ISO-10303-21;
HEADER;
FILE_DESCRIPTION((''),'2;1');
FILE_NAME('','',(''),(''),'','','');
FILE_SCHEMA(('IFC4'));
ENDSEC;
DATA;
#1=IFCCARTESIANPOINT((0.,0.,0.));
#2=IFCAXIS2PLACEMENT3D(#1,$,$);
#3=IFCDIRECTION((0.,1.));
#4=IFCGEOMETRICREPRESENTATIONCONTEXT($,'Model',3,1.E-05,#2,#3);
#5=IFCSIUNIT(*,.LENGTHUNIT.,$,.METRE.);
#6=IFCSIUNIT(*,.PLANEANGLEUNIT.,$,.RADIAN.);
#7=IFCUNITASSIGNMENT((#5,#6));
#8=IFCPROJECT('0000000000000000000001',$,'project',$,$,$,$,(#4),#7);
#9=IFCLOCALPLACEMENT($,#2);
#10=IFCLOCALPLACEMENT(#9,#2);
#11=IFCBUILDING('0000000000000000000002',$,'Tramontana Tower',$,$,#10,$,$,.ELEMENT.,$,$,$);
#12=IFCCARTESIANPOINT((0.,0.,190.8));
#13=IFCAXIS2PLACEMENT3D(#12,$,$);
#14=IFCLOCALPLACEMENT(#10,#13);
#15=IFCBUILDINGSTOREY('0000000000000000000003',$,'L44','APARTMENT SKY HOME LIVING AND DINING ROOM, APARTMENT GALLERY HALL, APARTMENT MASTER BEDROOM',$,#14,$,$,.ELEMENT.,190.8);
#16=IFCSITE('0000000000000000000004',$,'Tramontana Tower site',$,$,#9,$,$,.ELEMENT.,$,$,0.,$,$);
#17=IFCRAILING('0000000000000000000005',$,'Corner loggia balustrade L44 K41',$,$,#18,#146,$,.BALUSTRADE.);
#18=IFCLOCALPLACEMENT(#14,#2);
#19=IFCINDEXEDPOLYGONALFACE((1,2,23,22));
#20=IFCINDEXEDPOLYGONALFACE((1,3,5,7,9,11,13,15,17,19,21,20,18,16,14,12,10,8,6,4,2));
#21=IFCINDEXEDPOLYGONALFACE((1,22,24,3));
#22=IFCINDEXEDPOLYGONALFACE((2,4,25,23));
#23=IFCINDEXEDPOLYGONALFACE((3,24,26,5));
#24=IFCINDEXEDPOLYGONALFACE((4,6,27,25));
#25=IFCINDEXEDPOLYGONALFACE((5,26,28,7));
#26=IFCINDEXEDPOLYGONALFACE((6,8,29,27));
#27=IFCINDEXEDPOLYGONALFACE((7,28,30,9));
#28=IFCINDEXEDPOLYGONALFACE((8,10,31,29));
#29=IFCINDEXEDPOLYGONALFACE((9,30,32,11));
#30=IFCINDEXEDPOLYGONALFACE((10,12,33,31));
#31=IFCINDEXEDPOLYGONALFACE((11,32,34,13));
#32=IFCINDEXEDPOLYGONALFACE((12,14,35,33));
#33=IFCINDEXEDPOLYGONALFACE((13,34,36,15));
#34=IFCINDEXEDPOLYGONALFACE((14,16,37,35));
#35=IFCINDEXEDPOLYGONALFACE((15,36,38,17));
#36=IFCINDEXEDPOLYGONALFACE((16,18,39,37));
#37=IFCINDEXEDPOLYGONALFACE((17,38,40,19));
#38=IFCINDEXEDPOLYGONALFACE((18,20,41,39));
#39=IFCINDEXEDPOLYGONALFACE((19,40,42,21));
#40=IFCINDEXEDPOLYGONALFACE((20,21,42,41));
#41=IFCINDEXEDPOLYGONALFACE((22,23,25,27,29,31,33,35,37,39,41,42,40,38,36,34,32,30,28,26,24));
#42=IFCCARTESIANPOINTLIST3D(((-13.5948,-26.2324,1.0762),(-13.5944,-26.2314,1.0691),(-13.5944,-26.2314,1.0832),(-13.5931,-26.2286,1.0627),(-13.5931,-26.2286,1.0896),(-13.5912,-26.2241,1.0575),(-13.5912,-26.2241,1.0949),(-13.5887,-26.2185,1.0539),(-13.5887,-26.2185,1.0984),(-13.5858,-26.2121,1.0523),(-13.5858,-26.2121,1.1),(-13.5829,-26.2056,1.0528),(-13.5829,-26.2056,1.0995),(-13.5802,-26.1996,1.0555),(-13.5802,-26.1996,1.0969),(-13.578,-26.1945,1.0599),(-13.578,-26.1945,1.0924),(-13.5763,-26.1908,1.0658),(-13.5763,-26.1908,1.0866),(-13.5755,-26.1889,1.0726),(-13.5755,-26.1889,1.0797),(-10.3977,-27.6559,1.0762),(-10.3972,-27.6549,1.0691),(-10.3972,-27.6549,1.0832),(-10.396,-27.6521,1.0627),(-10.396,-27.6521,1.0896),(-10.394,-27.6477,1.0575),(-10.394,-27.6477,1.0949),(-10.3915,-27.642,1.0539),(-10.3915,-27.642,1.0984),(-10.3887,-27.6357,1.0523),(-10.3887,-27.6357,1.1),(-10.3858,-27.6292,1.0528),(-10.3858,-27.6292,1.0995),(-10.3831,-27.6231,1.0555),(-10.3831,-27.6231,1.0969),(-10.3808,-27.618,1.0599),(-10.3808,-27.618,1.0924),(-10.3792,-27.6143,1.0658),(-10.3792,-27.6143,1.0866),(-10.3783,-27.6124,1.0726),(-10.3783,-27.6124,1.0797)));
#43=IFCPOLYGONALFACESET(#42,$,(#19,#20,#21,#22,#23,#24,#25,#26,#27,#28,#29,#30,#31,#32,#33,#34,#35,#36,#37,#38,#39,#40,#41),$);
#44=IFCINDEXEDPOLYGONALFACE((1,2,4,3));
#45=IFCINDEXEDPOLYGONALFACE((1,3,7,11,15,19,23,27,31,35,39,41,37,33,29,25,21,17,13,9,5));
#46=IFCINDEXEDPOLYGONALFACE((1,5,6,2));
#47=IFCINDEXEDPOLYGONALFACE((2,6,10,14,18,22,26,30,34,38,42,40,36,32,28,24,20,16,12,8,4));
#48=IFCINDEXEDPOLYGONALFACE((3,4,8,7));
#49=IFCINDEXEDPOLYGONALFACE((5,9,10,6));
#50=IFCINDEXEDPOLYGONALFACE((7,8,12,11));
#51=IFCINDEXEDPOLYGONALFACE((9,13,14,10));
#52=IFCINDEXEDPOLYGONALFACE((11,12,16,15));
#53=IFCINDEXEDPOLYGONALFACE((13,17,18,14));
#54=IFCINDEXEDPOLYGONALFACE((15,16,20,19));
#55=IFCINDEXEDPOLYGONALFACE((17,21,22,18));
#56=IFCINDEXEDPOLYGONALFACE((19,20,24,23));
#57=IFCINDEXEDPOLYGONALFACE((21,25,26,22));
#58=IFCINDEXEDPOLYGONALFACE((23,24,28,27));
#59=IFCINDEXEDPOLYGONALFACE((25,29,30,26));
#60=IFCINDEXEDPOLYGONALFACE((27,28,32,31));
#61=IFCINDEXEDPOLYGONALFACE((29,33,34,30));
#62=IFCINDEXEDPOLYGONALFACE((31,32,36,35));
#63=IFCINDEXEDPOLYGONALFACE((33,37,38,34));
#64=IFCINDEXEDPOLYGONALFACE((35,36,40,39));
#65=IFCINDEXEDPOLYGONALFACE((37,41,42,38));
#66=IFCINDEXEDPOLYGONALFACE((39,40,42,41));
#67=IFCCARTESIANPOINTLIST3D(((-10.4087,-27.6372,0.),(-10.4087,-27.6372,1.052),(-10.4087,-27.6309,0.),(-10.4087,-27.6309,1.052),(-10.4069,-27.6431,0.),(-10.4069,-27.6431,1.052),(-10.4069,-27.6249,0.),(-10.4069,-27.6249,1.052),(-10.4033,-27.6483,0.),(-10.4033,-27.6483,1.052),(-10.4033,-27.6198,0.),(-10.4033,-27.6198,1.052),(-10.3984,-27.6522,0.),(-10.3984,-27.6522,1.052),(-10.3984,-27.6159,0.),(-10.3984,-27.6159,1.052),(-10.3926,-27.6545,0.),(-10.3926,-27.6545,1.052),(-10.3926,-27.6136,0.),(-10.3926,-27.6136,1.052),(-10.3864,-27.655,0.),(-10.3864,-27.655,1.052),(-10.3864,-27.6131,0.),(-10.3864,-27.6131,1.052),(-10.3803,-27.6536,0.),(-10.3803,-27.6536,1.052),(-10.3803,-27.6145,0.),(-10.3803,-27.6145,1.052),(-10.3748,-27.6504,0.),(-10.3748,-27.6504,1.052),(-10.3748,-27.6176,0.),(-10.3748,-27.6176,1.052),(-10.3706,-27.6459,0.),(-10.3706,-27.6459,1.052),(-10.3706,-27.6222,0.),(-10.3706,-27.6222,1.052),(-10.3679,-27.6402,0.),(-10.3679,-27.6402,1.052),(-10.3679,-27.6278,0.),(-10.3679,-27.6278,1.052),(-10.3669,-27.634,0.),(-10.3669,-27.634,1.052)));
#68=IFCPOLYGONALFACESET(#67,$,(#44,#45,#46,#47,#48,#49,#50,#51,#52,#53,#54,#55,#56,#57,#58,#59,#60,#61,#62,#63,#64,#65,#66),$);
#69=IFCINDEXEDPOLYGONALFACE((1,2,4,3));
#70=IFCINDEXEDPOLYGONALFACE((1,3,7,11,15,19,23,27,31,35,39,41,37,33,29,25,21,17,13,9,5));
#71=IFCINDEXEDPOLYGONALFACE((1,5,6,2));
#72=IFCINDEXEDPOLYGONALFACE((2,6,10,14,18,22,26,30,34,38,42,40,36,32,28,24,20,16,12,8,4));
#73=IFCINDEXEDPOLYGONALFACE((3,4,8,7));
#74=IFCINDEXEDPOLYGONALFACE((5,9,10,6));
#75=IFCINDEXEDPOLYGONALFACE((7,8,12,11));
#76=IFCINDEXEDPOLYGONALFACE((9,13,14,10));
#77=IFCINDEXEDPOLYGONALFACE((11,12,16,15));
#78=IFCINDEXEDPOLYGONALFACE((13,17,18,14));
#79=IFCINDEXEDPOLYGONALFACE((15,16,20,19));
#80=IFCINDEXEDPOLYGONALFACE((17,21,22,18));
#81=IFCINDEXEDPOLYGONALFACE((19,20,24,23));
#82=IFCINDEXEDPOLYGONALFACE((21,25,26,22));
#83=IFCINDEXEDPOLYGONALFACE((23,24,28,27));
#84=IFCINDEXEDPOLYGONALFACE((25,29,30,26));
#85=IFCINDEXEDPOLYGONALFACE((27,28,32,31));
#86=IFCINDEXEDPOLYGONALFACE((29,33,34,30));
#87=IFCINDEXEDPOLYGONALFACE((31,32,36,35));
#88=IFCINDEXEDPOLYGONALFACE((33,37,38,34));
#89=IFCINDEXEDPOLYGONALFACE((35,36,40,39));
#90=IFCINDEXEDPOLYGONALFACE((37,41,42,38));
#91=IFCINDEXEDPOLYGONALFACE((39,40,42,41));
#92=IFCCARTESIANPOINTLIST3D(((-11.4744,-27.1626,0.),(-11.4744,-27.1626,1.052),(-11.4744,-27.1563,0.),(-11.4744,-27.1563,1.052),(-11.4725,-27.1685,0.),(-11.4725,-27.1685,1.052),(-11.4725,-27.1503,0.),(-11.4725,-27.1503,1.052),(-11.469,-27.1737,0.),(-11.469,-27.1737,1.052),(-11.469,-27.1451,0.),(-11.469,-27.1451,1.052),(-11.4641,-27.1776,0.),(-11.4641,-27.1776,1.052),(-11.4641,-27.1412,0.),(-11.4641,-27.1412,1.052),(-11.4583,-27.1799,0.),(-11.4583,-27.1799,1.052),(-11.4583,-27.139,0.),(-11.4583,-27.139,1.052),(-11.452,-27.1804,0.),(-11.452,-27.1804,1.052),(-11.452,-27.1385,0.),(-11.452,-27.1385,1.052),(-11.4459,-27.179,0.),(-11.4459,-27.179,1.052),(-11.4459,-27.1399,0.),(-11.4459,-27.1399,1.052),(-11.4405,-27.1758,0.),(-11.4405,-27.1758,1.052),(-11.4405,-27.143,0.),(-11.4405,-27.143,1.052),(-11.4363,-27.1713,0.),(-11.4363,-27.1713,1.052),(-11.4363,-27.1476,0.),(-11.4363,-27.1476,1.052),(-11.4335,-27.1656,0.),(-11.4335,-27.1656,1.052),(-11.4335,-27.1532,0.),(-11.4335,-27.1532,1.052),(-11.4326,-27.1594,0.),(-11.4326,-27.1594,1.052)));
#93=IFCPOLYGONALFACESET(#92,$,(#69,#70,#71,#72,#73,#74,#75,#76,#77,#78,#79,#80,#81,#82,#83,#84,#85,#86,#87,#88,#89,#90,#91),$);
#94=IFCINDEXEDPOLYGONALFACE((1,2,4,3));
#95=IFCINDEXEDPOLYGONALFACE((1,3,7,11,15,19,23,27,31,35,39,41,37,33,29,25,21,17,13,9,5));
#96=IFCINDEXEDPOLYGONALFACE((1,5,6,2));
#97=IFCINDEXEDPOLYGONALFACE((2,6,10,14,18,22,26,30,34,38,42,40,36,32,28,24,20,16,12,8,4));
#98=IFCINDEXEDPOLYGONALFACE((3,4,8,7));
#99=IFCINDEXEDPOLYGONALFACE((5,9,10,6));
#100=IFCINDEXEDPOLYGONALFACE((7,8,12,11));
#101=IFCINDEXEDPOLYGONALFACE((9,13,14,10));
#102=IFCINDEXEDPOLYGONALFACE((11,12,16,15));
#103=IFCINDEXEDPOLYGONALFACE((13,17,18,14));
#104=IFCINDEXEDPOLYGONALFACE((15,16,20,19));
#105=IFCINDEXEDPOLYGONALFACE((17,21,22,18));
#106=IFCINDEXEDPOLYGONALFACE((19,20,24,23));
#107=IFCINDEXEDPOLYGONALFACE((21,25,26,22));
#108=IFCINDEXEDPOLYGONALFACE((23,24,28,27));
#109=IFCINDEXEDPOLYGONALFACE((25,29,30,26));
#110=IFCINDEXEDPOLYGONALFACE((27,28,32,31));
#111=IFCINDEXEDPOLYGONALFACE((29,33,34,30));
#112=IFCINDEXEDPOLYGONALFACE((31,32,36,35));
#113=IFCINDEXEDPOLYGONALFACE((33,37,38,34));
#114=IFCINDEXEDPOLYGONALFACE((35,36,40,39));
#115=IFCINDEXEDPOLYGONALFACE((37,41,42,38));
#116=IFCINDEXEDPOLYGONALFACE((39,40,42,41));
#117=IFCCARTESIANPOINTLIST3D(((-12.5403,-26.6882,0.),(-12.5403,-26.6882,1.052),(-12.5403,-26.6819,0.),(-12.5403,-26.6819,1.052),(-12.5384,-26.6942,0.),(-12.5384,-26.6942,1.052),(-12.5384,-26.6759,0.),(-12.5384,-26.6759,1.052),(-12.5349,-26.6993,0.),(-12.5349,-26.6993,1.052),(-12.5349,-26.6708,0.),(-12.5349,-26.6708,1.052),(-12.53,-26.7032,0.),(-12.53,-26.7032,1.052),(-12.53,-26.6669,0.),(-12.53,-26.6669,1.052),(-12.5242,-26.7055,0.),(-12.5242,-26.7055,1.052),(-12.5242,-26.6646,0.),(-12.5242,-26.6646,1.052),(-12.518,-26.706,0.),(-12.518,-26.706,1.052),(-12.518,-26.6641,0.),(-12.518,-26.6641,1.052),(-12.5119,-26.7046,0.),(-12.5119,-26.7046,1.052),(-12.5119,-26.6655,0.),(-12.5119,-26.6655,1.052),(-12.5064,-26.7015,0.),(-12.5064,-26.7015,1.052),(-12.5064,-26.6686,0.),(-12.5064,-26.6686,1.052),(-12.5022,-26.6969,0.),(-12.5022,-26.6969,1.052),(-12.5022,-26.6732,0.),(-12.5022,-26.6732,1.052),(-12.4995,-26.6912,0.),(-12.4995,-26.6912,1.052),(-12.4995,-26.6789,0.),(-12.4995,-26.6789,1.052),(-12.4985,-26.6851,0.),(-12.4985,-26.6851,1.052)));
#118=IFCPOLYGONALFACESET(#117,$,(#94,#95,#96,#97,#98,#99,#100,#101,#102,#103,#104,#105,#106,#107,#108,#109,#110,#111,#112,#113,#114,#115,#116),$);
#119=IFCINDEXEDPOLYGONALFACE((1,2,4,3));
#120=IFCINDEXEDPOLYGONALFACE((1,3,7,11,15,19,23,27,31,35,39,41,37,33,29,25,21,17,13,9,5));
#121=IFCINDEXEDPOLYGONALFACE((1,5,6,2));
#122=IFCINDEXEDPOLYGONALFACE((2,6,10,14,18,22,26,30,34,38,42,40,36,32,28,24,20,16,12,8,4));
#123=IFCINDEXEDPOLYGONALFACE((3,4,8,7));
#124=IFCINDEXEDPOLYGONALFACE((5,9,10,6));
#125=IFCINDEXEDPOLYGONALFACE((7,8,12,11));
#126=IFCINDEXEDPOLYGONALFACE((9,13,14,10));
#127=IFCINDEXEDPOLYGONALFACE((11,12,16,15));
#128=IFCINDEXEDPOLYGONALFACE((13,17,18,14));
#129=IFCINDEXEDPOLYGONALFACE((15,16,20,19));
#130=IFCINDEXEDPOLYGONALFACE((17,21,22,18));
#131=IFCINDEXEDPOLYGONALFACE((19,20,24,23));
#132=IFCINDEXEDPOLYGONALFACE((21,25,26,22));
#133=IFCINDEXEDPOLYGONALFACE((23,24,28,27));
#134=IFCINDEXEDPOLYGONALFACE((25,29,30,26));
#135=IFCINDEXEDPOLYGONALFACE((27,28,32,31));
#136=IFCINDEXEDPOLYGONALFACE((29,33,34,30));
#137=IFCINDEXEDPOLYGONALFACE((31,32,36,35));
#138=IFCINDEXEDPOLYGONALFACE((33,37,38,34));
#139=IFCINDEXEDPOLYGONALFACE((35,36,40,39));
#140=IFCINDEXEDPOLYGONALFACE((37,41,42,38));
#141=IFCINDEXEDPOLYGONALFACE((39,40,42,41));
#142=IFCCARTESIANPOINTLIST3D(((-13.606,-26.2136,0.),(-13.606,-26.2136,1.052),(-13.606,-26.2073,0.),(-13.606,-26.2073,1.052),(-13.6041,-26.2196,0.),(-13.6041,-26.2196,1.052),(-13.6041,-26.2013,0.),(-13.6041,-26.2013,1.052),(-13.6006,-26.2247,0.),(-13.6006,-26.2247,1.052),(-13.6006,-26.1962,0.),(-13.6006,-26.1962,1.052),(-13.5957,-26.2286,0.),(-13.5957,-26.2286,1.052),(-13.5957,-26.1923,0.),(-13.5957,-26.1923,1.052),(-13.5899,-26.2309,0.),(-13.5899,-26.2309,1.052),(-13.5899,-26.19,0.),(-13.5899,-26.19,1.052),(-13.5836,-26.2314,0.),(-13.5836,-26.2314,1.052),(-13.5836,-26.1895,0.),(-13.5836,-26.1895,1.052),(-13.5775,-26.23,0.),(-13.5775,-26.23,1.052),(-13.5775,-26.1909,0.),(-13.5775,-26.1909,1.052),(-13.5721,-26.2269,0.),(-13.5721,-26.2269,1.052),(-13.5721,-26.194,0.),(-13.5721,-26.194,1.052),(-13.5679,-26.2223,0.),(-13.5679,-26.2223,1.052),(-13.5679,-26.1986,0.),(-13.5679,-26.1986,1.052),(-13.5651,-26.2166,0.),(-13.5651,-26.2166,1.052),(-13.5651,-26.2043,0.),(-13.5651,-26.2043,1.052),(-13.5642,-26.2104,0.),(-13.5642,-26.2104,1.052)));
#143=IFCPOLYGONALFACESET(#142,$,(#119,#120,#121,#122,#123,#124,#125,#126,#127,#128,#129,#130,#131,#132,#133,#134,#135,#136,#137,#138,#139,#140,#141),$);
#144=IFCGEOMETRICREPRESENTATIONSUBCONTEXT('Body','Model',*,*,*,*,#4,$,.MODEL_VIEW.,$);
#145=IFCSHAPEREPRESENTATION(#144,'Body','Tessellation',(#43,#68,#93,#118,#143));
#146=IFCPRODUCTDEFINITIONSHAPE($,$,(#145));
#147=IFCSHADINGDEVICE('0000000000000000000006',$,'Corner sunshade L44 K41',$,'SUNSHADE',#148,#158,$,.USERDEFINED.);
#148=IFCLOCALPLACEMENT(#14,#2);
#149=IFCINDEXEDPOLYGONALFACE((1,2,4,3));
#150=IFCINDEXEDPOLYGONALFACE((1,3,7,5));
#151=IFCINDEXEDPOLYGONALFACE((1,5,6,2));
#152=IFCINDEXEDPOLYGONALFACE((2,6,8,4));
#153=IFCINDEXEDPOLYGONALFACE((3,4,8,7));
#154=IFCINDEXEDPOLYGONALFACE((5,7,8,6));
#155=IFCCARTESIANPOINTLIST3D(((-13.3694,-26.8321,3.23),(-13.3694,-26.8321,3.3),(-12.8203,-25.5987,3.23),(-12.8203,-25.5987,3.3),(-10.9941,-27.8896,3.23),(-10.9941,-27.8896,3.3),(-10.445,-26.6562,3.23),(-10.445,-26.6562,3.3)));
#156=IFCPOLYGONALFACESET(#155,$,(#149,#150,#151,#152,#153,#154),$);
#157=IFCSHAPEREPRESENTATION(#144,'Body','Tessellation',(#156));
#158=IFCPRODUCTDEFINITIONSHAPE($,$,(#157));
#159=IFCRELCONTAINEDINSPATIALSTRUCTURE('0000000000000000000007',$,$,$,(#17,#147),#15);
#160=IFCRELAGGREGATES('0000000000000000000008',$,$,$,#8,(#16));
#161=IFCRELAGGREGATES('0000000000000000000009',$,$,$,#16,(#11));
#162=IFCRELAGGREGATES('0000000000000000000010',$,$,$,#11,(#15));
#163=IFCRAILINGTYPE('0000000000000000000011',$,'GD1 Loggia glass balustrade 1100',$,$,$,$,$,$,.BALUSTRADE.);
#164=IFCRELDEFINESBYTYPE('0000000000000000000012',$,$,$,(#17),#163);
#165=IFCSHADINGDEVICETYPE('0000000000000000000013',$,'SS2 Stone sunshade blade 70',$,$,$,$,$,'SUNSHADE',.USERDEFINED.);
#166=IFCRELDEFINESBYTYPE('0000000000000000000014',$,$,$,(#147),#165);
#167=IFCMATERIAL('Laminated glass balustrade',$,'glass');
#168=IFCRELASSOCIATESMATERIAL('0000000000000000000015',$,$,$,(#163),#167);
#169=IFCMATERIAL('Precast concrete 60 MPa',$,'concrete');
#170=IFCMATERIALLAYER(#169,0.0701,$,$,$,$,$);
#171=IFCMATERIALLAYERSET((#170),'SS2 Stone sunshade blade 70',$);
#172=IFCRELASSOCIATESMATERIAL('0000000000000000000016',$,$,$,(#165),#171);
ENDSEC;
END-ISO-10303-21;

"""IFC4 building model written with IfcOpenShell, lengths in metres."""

from ifc_helpers import new_model, si_unit, direction, frame, origin, origin_2d, place, context, subcontext, project, spatial, rectangle, circle, extrude, material, layer, layer_set, type_object, element, save


model = new_model("IFC4")

# Units and contexts
model_context = context("Model", 3, precision=1e-05, world=origin(), true_north=direction((0.0, 1.0)))
body_context = subcontext(model_context, "Body", "Model", "MODEL_VIEW")
ifc_project = project(units=[si_unit("LENGTHUNIT", "METRE"), si_unit("PLANEANGLEUNIT", "RADIAN")], contexts=[model_context])

# Site, building, storey
site_placement = place(None, origin())
site = spatial("IfcSite", under=ifc_project, at=site_placement, Name="Tramontana Tower site", CompositionType="ELEMENT", RefElevation=0.0)
building_placement = place(site_placement, origin())
building = spatial("IfcBuilding", under=site, at=building_placement, Name="Tramontana Tower", CompositionType="ELEMENT")
storey_placement = place(building_placement, frame((0.0, 0.0, 190.8)))
storey = spatial("IfcBuildingStorey", under=building, at=storey_placement, Name="L44", Description="APARTMENT SKY HOME LIVING AND DINING ROOM, APARTMENT GALLERY HALL, APARTMENT MASTER BEDROOM", CompositionType="ELEMENT", Elevation=190.8)

# Railing
ifc_material_1 = material(Name="Laminated glass balustrade", Category="glass")
railing_type = type_object("IfcRailingType", Name="GD1 Loggia glass balustrade 1100", PredefinedType="BALUSTRADE", material=ifc_material_1)
railing_placement = place(storey_placement, frame((-10.3879, -27.634, 0.0)))
element("IfcRailing", 1, at=railing_placement, inside=storey, type_object=railing_type, Name="Corner loggia balustrade L44 K41", PredefinedType="BALUSTRADE", context=body_context, shape_type="SweptSolid", body=[
    extrude(circle(Radius=0.0239, at=origin_2d()), frame((0.0, 0.0, 1.0762), z_axis=(-0.913538, 0.406753, 0.0), x_axis=(-0.406753, -0.913538, 0.0)), (0.0, 0.0, 1.0), 3.4998),
    extrude(circle(Radius=0.021, at=origin_2d()), origin(), (0.0, 0.0, 1.0), 1.052),
    extrude(circle(Radius=0.021, at=origin_2d()), frame((-1.0657, 0.4746, 0.0)), (0.0, 0.0, 1.0), 1.052),
    extrude(circle(Radius=0.021, at=origin_2d()), frame((-2.1316, 0.949, 0.0)), (0.0, 0.0, 1.0), 1.052),
    extrude(circle(Radius=0.021, at=origin_2d()), frame((-3.1973, 1.4236, 0.0)), (0.0, 0.0, 1.0), 1.052),
])

# Shading device
ifc_material_2 = material(Name="Precast concrete 60 MPa", Category="concrete")
ifc_layer_1 = layer(ifc_material_2, 0.0701)
ifc_layer_set_1 = layer_set([ifc_layer_1], Name="SS2 Stone sunshade blade 70")
shading_device_type = type_object("IfcShadingDeviceType", Name="SS2 Stone sunshade blade 70", ElementType="SUNSHADE", PredefinedType="USERDEFINED", material=ifc_layer_set_1)
shading_device_placement = place(storey_placement, frame((-11.9072, -26.7441, 3.23), z_axis=(0.0, 0.0, 1.0), x_axis=(-0.913545, 0.406737, 0.0)))
element("IfcShadingDevice", 2, at=shading_device_placement, inside=storey, type_object=shading_device_type, Name="Corner sunshade L44 K41", ObjectType="SUNSHADE", PredefinedType="USERDEFINED", context=body_context, shape_type="SweptSolid", body=[
    extrude(rectangle(XDim=2.6001, YDim=1.3501, at=origin_2d()), origin(), (0.0, 0.0, 1.0), 0.0701),
])

save(model, "model.ifc")
